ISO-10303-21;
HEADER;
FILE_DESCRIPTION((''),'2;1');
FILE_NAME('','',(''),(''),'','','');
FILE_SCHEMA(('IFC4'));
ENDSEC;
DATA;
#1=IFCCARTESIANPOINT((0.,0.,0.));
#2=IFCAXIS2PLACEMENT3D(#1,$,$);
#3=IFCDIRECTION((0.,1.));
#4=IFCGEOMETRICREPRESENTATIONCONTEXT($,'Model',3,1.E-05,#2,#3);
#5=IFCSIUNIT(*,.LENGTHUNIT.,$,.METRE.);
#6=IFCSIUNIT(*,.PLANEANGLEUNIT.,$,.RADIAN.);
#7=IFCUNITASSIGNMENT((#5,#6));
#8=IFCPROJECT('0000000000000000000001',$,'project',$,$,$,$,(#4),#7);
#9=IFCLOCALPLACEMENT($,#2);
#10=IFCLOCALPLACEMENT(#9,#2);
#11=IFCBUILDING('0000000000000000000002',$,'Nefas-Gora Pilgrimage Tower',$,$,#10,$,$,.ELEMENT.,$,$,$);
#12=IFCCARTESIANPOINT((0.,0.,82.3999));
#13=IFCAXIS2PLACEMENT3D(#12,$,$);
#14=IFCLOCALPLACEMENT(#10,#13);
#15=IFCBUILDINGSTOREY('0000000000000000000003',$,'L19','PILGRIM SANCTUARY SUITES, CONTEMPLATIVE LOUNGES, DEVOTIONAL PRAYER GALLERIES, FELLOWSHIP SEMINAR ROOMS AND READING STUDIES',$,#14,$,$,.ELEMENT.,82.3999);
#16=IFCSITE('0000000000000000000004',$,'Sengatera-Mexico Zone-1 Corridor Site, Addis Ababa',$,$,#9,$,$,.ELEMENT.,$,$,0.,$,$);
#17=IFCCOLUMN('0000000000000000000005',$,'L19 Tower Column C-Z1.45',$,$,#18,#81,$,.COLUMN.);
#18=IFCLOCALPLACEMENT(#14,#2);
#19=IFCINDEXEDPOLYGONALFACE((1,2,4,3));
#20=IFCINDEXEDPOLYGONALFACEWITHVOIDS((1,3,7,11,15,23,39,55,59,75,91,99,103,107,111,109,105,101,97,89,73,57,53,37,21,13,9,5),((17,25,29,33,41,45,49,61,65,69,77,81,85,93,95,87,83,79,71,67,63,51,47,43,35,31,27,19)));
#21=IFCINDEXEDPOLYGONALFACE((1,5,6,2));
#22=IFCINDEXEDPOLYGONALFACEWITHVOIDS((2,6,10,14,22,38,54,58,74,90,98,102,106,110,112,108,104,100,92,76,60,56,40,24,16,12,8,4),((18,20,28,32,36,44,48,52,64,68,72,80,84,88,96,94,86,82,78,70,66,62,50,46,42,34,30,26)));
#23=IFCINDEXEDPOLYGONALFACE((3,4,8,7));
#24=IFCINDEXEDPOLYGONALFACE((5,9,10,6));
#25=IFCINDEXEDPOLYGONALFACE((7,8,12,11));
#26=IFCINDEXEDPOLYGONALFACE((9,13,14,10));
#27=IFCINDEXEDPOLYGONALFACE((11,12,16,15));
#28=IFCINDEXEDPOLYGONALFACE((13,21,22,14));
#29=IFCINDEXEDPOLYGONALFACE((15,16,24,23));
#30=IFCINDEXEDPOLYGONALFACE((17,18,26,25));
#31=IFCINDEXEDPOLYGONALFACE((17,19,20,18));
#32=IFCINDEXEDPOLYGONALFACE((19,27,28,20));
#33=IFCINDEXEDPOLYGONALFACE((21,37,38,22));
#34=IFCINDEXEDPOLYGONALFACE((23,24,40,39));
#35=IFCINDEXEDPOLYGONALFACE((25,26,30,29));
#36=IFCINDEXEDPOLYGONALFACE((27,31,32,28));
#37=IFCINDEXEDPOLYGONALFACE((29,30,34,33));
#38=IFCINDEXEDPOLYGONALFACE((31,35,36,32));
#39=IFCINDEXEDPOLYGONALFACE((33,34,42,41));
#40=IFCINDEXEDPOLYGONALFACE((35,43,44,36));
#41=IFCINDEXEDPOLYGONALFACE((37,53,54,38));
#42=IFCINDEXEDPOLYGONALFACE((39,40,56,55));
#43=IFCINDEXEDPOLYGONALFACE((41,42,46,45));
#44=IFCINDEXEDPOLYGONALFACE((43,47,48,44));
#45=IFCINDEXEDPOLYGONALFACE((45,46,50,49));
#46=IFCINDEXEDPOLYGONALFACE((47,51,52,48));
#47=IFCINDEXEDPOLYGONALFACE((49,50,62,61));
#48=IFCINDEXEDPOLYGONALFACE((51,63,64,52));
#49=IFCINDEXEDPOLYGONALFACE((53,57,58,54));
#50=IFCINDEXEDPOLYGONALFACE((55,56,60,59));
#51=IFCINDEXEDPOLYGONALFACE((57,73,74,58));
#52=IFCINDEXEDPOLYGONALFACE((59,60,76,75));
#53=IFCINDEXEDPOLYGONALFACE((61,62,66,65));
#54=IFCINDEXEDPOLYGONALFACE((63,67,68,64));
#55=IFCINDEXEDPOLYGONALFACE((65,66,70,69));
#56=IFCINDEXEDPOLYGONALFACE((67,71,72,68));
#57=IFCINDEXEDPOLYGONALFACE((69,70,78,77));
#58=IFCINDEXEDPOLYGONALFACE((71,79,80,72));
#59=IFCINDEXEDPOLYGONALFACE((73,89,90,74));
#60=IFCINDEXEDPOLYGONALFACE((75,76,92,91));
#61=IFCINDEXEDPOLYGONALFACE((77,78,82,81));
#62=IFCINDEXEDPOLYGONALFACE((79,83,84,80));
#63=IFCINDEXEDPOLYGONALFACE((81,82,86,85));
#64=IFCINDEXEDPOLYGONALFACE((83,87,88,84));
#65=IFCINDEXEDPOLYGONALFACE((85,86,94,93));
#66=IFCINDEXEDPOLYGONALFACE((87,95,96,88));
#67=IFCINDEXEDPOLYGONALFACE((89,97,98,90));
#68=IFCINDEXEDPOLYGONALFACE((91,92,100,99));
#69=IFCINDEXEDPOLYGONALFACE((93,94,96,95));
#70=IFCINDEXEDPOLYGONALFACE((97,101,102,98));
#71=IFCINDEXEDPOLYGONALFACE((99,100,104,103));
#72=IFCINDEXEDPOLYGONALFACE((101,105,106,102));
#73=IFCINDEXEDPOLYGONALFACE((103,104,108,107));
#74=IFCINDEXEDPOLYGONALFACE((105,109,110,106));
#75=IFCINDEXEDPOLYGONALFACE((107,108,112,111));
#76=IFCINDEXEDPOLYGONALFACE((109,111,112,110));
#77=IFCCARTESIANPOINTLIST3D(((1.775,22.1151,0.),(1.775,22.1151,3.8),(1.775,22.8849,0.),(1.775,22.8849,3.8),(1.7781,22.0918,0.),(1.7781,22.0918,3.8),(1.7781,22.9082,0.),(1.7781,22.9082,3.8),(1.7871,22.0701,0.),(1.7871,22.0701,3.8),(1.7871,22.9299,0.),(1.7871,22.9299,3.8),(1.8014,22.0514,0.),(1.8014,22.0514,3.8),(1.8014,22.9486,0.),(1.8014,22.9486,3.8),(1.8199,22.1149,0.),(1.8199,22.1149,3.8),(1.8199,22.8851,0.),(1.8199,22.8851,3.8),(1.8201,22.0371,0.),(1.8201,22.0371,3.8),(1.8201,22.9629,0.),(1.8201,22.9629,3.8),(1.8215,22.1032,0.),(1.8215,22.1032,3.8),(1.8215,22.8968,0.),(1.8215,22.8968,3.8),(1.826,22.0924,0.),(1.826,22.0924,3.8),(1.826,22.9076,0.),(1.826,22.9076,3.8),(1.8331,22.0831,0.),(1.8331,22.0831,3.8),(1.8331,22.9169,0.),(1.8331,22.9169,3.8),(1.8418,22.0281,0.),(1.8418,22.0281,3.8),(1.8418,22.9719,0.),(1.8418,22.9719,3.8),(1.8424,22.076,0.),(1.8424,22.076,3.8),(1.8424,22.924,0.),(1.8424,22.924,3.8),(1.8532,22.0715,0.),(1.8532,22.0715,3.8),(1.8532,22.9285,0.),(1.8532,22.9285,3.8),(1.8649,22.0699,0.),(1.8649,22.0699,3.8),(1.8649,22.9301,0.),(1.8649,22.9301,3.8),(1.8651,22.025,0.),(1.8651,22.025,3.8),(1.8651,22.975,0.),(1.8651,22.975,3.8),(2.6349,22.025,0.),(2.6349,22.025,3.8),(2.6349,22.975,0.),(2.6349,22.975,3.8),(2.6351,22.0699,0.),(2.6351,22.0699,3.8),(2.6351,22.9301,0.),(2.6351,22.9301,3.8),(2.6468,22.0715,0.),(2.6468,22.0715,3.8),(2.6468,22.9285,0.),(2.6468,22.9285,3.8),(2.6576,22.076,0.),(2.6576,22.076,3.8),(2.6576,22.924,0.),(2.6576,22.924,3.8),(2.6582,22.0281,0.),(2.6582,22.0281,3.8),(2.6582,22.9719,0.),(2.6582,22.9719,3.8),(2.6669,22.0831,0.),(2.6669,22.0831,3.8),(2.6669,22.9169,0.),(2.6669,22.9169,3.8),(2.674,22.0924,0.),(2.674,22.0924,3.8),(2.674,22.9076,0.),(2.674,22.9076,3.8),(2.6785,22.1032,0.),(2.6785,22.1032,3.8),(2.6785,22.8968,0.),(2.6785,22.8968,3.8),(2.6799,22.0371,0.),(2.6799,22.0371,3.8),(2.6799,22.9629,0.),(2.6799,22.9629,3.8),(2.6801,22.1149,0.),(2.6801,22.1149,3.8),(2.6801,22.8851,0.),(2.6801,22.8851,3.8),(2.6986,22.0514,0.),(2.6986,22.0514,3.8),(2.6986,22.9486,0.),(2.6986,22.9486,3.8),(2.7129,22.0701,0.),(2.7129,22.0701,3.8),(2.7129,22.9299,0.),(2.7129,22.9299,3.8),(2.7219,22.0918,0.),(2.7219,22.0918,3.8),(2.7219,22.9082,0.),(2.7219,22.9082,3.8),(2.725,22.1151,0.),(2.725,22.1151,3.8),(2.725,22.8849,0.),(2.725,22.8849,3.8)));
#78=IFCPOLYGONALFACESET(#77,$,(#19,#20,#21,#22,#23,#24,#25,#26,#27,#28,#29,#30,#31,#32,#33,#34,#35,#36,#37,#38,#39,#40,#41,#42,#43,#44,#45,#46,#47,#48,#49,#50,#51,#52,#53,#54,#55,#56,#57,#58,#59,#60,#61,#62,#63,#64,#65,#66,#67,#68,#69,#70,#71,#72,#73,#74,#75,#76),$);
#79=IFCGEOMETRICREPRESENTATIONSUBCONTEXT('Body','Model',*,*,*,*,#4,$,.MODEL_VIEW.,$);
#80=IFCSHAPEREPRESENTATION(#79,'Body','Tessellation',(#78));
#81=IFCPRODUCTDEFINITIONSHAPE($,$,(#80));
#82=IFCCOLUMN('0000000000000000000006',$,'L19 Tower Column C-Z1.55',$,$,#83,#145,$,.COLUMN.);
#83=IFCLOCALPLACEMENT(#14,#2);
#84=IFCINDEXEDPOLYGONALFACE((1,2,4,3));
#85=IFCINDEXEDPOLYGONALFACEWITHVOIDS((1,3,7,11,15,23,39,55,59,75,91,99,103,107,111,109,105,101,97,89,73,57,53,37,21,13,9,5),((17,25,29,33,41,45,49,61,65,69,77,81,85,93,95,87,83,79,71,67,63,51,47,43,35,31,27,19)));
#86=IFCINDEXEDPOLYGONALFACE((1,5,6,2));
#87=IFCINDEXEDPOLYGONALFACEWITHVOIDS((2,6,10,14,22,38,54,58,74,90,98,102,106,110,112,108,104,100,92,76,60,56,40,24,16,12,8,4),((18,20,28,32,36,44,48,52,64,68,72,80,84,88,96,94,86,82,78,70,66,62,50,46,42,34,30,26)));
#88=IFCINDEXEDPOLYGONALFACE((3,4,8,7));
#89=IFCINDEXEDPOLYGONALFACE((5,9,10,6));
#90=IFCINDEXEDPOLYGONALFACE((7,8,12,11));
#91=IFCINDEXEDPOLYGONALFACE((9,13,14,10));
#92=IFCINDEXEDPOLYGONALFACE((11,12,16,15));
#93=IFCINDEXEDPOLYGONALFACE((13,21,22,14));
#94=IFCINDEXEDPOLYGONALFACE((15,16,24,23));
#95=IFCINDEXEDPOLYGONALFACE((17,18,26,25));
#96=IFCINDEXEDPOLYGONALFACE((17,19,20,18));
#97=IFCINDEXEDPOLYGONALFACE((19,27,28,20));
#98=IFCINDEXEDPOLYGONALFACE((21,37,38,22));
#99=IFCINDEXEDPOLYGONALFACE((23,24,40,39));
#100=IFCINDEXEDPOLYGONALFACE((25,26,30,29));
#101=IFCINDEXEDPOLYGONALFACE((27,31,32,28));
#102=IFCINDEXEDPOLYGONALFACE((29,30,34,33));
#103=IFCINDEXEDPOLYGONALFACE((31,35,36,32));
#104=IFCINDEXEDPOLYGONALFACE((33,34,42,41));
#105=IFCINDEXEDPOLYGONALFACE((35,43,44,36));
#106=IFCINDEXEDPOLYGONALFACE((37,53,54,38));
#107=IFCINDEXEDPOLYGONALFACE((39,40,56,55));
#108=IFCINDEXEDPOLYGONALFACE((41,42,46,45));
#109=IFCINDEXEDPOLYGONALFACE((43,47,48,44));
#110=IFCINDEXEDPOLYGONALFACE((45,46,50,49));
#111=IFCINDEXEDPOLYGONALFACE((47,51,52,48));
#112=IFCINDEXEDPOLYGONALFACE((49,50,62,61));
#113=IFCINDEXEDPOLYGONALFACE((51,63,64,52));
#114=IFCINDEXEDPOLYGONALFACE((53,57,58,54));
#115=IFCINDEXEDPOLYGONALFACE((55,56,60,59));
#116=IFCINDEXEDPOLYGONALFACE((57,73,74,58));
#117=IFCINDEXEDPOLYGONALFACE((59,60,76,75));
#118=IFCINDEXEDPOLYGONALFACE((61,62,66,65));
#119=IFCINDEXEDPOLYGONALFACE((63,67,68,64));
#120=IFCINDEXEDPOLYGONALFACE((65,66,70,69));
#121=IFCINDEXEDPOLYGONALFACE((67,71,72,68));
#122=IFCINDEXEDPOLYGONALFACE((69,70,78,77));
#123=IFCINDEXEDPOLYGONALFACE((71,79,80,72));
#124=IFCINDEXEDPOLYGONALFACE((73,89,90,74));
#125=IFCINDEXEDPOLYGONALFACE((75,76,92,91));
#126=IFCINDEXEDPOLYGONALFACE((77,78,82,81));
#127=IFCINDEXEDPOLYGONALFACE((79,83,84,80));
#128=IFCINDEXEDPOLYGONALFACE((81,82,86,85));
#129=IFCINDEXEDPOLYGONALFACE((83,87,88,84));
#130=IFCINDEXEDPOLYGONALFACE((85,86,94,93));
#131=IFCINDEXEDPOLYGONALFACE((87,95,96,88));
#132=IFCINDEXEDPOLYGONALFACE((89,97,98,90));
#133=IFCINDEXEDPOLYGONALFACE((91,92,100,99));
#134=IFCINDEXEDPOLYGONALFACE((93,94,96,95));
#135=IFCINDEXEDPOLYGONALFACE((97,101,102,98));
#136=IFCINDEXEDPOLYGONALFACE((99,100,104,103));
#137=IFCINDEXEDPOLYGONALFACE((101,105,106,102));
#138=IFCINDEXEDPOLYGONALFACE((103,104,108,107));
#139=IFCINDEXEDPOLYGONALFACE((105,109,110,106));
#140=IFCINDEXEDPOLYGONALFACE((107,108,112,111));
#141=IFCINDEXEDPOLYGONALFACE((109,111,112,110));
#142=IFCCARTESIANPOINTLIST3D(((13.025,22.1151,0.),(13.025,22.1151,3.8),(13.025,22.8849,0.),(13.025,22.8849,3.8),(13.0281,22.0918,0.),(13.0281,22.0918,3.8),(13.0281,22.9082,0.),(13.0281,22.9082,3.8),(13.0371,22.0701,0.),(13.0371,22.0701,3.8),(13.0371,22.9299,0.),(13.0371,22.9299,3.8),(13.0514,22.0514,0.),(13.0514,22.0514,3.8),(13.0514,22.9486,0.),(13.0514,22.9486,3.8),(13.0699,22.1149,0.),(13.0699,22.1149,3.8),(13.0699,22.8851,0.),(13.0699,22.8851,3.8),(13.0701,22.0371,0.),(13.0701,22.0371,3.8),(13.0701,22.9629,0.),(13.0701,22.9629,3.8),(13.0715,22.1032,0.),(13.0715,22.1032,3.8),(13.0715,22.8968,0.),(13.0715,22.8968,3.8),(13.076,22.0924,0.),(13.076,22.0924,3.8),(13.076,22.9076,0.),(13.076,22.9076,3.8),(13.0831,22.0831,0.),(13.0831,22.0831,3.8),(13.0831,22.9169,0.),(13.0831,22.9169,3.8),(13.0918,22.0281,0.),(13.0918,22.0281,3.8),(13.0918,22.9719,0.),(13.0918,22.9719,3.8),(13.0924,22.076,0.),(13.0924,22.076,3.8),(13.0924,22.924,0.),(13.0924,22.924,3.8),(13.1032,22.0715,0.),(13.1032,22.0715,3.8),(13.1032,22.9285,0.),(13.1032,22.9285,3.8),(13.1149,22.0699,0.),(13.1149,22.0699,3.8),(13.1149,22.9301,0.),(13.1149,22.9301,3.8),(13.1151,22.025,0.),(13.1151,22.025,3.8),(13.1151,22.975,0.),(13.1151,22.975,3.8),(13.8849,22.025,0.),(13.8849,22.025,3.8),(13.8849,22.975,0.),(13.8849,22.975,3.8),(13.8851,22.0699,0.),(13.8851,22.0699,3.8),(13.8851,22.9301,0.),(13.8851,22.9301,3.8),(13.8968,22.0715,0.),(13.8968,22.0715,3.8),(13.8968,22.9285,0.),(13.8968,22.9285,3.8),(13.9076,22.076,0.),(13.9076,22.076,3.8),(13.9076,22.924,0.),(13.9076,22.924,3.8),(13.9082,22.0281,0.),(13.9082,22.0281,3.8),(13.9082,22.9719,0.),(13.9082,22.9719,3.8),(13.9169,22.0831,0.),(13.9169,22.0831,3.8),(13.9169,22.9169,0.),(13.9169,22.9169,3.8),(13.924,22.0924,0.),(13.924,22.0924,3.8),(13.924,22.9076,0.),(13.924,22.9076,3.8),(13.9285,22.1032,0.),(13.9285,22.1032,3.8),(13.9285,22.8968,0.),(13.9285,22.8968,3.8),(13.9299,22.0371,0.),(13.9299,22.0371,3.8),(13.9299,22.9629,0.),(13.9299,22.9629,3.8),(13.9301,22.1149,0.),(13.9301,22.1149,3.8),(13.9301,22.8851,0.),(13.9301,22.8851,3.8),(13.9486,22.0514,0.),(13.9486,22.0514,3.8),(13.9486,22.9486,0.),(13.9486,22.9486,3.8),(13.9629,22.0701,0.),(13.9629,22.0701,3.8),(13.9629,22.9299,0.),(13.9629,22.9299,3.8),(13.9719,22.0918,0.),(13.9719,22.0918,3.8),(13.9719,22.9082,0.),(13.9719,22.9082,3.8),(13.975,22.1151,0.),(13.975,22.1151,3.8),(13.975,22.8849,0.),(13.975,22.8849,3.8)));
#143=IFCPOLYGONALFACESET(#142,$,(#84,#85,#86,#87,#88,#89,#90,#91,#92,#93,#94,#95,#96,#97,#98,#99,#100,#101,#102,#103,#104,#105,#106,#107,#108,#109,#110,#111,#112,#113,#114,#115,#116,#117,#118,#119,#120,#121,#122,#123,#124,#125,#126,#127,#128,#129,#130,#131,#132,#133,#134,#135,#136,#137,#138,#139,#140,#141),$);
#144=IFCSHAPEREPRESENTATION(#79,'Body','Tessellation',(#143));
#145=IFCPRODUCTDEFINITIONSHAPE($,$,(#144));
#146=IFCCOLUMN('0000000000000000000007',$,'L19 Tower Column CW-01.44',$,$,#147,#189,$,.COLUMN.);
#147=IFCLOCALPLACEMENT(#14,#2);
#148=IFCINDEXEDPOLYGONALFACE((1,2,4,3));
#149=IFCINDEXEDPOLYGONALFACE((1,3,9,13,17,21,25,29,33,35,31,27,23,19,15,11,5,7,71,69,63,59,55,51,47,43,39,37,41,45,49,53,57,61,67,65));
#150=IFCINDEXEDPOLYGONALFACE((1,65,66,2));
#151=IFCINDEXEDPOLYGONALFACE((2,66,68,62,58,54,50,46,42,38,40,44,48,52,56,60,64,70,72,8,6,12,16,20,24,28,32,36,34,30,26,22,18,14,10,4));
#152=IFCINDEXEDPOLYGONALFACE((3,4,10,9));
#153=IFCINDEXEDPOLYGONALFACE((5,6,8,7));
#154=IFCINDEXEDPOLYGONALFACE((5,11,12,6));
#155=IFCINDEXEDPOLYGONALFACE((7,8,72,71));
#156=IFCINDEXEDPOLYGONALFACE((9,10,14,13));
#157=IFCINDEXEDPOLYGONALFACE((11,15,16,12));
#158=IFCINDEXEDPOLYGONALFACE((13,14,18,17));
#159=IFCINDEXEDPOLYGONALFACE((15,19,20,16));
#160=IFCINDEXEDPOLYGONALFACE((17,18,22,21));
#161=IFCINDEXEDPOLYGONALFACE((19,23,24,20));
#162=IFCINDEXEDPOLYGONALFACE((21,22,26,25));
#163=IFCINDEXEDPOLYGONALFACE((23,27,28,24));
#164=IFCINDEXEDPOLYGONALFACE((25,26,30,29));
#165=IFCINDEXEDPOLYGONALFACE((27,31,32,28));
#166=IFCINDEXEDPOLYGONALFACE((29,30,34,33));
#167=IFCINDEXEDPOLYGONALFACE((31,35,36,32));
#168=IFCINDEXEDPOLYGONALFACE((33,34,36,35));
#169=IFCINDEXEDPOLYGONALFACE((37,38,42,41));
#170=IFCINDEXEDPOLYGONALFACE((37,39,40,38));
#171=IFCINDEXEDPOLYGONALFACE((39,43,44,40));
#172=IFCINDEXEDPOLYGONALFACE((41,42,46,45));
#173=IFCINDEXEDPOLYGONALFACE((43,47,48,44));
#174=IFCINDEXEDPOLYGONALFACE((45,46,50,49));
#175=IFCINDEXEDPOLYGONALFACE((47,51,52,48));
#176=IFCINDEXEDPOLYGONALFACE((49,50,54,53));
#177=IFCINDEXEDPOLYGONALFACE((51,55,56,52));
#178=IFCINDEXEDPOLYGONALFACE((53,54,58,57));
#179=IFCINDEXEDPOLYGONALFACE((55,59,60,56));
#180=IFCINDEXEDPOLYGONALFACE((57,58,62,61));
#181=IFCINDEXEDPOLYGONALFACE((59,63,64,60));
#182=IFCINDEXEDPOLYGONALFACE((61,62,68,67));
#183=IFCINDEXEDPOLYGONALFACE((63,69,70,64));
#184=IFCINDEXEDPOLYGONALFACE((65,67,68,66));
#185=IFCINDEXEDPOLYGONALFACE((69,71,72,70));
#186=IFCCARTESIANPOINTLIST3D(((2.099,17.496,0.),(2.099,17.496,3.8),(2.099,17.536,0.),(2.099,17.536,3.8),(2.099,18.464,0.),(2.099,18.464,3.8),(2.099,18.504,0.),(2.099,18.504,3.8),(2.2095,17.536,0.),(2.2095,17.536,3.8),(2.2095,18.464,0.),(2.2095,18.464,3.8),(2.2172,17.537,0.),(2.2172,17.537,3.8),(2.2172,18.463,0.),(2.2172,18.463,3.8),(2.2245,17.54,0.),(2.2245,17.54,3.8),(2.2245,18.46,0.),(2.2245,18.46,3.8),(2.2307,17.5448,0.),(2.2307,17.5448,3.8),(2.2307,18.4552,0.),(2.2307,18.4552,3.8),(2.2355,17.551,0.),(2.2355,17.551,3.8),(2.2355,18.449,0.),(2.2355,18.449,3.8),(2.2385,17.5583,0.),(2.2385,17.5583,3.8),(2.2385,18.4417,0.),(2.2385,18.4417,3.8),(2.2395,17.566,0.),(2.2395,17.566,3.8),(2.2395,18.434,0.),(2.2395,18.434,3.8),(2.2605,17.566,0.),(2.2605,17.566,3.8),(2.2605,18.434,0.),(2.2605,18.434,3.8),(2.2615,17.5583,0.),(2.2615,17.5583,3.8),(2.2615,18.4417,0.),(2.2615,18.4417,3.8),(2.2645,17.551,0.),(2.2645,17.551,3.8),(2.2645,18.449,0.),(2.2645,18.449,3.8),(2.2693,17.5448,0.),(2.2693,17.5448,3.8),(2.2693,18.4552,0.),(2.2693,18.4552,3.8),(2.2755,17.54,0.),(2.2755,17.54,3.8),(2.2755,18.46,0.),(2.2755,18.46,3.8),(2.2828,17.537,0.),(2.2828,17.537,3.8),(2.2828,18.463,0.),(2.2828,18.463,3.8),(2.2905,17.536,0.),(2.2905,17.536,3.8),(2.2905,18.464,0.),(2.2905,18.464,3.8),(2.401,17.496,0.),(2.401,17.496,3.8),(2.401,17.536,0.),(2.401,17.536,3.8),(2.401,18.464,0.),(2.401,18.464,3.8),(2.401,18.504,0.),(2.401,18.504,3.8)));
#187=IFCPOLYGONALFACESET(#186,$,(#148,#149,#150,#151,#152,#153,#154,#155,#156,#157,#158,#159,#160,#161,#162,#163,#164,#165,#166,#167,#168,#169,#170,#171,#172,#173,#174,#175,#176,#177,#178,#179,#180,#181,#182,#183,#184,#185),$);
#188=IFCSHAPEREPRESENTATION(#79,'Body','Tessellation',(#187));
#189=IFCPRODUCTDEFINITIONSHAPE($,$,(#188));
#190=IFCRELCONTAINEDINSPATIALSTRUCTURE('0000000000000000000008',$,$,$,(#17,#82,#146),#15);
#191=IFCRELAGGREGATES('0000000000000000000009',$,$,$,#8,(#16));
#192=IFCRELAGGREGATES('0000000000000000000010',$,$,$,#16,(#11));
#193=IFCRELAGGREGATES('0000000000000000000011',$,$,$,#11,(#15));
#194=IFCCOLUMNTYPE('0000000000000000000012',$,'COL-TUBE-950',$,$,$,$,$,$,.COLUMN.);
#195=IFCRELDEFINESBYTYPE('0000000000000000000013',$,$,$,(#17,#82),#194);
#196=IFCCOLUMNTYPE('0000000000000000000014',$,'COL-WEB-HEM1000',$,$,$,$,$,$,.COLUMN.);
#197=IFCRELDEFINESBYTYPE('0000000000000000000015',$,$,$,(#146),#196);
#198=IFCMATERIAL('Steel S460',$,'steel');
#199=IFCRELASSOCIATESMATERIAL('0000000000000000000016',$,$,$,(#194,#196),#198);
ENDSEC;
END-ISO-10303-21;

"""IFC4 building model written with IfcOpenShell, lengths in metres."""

from ifc_helpers import new_model, si_unit, direction, frame, origin, origin_2d, place, context, subcontext, project, spatial, hollow_rectangle, i_section, extrude, source, transform, mapped, material, material_profile, profile_set, type_object, element, save


model = new_model("IFC4")

# Units and contexts
model_context = context("Model", 3, precision=1e-05, world=origin(), true_north=direction((0.0, 1.0)))
body_context = subcontext(model_context, "Body", "Model", "MODEL_VIEW")
ifc_project = project(units=[si_unit("LENGTHUNIT", "METRE"), si_unit("PLANEANGLEUNIT", "RADIAN")], contexts=[model_context])

# Site, building, storey
site_placement = place(None, origin())
site = spatial("IfcSite", under=ifc_project, at=site_placement, Name="Sengatera-Mexico Zone-1 Corridor Site, Addis Ababa", CompositionType="ELEMENT", RefElevation=0.0)
building_placement = place(site_placement, origin())
building = spatial("IfcBuilding", under=site, at=building_placement, Name="Nefas-Gora Pilgrimage Tower", CompositionType="ELEMENT")
storey_placement = place(building_placement, frame((0.0, 0.0, 82.3999)))
storey = spatial("IfcBuildingStorey", under=building, at=storey_placement, Name="L19", Description="PILGRIM SANCTUARY SUITES, CONTEMPLATIVE LOUNGES, DEVOTIONAL PRAYER GALLERIES, FELLOWSHIP SEMINAR ROOMS AND READING STUDIES", CompositionType="ELEMENT", Elevation=82.3999)

# Columns
ifc_material_1 = material(Name="Steel S460", Category="steel")
ifc_material_profile_1 = material_profile(ifc_material_1, hollow_rectangle(XDim=0.95, YDim=0.95, WallThickness=0.0449, InnerFilletRadius=0.0449, OuterFilletRadius=0.0901, at=origin_2d()), Name="BOX 950x950x45")
ifc_profile_set_1 = profile_set([ifc_material_profile_1], Name="Steel S460")
column_type_1 = type_object("IfcColumnType", Name="COL-TUBE-950", PredefinedType="COLUMN", material=ifc_profile_set_1)
shared_shape_1 = source(origin(), body_context, "Body", "SweptSolid", [
    extrude(hollow_rectangle(XDim=0.95, YDim=0.95, WallThickness=0.0449, InnerFilletRadius=0.0449, OuterFilletRadius=0.0901, at=origin_2d()), origin(), (0.0, 0.0, 1.0), 3.8),
])
for number, where, z_axis, x_axis, name in (
    (1, (2.25, 22.5, 0.0), (0.0, 0.0, 1.0), (1.0, 0.0, 0.0), "L19 Tower Column C-Z1.45"),
    (2, (13.5, 22.5, 0.0), (0.0, 0.0, 1.0), (1.0, 0.0, 0.0), "L19 Tower Column C-Z1.55"),
):
    element("IfcColumn", number, at=place(storey_placement, frame(where, z_axis=z_axis, x_axis=x_axis)), inside=storey, type_object=column_type_1, Name=name, PredefinedType="COLUMN", context=body_context, shape_type="MappedRepresentation", body=[
        mapped(shared_shape_1, transform((0.0, 0.0, 0.0), x_axis=(1.0, 0.0, 0.0), y_axis=(0.0, 1.0, 0.0), z_axis=(0.0, 0.0, 1.0), scale=1.0)),
    ])
ifc_material_profile_2 = material_profile(ifc_material_1, i_section(OverallWidth=0.302, OverallDepth=1.0081, WebThickness=0.021, FlangeThickness=0.04, FilletRadius=0.03, at=origin_2d()), Name="HEM 1000")
ifc_profile_set_2 = profile_set([ifc_material_profile_2], Name="Steel S460")
column_type_2 = type_object("IfcColumnType", Name="COL-WEB-HEM1000", PredefinedType="COLUMN", material=ifc_profile_set_2)
shared_shape_2 = source(origin(), body_context, "Body", "SweptSolid", [
    extrude(i_section(OverallWidth=0.302, OverallDepth=1.0081, WebThickness=0.021, FlangeThickness=0.04, FilletRadius=0.03, at=origin_2d()), origin(), (0.0, 0.0, 1.0), 3.8),
])
for number, where, z_axis, x_axis, name in (
    (3, (2.25, 18.0, 0.0), (0.0, 0.0, 1.0), (1.0, 0.0, 0.0), "L19 Tower Column CW-01.44"),
):
    element("IfcColumn", number, at=place(storey_placement, frame(where, z_axis=z_axis, x_axis=x_axis)), inside=storey, type_object=column_type_2, Name=name, PredefinedType="COLUMN", context=body_context, shape_type="MappedRepresentation", body=[
        mapped(shared_shape_2, transform((0.0, 0.0, 0.0), x_axis=(1.0, 0.0, 0.0), y_axis=(0.0, 1.0, 0.0), z_axis=(0.0, 0.0, 1.0), scale=1.0)),
    ])

save(model, "model.ifc")
